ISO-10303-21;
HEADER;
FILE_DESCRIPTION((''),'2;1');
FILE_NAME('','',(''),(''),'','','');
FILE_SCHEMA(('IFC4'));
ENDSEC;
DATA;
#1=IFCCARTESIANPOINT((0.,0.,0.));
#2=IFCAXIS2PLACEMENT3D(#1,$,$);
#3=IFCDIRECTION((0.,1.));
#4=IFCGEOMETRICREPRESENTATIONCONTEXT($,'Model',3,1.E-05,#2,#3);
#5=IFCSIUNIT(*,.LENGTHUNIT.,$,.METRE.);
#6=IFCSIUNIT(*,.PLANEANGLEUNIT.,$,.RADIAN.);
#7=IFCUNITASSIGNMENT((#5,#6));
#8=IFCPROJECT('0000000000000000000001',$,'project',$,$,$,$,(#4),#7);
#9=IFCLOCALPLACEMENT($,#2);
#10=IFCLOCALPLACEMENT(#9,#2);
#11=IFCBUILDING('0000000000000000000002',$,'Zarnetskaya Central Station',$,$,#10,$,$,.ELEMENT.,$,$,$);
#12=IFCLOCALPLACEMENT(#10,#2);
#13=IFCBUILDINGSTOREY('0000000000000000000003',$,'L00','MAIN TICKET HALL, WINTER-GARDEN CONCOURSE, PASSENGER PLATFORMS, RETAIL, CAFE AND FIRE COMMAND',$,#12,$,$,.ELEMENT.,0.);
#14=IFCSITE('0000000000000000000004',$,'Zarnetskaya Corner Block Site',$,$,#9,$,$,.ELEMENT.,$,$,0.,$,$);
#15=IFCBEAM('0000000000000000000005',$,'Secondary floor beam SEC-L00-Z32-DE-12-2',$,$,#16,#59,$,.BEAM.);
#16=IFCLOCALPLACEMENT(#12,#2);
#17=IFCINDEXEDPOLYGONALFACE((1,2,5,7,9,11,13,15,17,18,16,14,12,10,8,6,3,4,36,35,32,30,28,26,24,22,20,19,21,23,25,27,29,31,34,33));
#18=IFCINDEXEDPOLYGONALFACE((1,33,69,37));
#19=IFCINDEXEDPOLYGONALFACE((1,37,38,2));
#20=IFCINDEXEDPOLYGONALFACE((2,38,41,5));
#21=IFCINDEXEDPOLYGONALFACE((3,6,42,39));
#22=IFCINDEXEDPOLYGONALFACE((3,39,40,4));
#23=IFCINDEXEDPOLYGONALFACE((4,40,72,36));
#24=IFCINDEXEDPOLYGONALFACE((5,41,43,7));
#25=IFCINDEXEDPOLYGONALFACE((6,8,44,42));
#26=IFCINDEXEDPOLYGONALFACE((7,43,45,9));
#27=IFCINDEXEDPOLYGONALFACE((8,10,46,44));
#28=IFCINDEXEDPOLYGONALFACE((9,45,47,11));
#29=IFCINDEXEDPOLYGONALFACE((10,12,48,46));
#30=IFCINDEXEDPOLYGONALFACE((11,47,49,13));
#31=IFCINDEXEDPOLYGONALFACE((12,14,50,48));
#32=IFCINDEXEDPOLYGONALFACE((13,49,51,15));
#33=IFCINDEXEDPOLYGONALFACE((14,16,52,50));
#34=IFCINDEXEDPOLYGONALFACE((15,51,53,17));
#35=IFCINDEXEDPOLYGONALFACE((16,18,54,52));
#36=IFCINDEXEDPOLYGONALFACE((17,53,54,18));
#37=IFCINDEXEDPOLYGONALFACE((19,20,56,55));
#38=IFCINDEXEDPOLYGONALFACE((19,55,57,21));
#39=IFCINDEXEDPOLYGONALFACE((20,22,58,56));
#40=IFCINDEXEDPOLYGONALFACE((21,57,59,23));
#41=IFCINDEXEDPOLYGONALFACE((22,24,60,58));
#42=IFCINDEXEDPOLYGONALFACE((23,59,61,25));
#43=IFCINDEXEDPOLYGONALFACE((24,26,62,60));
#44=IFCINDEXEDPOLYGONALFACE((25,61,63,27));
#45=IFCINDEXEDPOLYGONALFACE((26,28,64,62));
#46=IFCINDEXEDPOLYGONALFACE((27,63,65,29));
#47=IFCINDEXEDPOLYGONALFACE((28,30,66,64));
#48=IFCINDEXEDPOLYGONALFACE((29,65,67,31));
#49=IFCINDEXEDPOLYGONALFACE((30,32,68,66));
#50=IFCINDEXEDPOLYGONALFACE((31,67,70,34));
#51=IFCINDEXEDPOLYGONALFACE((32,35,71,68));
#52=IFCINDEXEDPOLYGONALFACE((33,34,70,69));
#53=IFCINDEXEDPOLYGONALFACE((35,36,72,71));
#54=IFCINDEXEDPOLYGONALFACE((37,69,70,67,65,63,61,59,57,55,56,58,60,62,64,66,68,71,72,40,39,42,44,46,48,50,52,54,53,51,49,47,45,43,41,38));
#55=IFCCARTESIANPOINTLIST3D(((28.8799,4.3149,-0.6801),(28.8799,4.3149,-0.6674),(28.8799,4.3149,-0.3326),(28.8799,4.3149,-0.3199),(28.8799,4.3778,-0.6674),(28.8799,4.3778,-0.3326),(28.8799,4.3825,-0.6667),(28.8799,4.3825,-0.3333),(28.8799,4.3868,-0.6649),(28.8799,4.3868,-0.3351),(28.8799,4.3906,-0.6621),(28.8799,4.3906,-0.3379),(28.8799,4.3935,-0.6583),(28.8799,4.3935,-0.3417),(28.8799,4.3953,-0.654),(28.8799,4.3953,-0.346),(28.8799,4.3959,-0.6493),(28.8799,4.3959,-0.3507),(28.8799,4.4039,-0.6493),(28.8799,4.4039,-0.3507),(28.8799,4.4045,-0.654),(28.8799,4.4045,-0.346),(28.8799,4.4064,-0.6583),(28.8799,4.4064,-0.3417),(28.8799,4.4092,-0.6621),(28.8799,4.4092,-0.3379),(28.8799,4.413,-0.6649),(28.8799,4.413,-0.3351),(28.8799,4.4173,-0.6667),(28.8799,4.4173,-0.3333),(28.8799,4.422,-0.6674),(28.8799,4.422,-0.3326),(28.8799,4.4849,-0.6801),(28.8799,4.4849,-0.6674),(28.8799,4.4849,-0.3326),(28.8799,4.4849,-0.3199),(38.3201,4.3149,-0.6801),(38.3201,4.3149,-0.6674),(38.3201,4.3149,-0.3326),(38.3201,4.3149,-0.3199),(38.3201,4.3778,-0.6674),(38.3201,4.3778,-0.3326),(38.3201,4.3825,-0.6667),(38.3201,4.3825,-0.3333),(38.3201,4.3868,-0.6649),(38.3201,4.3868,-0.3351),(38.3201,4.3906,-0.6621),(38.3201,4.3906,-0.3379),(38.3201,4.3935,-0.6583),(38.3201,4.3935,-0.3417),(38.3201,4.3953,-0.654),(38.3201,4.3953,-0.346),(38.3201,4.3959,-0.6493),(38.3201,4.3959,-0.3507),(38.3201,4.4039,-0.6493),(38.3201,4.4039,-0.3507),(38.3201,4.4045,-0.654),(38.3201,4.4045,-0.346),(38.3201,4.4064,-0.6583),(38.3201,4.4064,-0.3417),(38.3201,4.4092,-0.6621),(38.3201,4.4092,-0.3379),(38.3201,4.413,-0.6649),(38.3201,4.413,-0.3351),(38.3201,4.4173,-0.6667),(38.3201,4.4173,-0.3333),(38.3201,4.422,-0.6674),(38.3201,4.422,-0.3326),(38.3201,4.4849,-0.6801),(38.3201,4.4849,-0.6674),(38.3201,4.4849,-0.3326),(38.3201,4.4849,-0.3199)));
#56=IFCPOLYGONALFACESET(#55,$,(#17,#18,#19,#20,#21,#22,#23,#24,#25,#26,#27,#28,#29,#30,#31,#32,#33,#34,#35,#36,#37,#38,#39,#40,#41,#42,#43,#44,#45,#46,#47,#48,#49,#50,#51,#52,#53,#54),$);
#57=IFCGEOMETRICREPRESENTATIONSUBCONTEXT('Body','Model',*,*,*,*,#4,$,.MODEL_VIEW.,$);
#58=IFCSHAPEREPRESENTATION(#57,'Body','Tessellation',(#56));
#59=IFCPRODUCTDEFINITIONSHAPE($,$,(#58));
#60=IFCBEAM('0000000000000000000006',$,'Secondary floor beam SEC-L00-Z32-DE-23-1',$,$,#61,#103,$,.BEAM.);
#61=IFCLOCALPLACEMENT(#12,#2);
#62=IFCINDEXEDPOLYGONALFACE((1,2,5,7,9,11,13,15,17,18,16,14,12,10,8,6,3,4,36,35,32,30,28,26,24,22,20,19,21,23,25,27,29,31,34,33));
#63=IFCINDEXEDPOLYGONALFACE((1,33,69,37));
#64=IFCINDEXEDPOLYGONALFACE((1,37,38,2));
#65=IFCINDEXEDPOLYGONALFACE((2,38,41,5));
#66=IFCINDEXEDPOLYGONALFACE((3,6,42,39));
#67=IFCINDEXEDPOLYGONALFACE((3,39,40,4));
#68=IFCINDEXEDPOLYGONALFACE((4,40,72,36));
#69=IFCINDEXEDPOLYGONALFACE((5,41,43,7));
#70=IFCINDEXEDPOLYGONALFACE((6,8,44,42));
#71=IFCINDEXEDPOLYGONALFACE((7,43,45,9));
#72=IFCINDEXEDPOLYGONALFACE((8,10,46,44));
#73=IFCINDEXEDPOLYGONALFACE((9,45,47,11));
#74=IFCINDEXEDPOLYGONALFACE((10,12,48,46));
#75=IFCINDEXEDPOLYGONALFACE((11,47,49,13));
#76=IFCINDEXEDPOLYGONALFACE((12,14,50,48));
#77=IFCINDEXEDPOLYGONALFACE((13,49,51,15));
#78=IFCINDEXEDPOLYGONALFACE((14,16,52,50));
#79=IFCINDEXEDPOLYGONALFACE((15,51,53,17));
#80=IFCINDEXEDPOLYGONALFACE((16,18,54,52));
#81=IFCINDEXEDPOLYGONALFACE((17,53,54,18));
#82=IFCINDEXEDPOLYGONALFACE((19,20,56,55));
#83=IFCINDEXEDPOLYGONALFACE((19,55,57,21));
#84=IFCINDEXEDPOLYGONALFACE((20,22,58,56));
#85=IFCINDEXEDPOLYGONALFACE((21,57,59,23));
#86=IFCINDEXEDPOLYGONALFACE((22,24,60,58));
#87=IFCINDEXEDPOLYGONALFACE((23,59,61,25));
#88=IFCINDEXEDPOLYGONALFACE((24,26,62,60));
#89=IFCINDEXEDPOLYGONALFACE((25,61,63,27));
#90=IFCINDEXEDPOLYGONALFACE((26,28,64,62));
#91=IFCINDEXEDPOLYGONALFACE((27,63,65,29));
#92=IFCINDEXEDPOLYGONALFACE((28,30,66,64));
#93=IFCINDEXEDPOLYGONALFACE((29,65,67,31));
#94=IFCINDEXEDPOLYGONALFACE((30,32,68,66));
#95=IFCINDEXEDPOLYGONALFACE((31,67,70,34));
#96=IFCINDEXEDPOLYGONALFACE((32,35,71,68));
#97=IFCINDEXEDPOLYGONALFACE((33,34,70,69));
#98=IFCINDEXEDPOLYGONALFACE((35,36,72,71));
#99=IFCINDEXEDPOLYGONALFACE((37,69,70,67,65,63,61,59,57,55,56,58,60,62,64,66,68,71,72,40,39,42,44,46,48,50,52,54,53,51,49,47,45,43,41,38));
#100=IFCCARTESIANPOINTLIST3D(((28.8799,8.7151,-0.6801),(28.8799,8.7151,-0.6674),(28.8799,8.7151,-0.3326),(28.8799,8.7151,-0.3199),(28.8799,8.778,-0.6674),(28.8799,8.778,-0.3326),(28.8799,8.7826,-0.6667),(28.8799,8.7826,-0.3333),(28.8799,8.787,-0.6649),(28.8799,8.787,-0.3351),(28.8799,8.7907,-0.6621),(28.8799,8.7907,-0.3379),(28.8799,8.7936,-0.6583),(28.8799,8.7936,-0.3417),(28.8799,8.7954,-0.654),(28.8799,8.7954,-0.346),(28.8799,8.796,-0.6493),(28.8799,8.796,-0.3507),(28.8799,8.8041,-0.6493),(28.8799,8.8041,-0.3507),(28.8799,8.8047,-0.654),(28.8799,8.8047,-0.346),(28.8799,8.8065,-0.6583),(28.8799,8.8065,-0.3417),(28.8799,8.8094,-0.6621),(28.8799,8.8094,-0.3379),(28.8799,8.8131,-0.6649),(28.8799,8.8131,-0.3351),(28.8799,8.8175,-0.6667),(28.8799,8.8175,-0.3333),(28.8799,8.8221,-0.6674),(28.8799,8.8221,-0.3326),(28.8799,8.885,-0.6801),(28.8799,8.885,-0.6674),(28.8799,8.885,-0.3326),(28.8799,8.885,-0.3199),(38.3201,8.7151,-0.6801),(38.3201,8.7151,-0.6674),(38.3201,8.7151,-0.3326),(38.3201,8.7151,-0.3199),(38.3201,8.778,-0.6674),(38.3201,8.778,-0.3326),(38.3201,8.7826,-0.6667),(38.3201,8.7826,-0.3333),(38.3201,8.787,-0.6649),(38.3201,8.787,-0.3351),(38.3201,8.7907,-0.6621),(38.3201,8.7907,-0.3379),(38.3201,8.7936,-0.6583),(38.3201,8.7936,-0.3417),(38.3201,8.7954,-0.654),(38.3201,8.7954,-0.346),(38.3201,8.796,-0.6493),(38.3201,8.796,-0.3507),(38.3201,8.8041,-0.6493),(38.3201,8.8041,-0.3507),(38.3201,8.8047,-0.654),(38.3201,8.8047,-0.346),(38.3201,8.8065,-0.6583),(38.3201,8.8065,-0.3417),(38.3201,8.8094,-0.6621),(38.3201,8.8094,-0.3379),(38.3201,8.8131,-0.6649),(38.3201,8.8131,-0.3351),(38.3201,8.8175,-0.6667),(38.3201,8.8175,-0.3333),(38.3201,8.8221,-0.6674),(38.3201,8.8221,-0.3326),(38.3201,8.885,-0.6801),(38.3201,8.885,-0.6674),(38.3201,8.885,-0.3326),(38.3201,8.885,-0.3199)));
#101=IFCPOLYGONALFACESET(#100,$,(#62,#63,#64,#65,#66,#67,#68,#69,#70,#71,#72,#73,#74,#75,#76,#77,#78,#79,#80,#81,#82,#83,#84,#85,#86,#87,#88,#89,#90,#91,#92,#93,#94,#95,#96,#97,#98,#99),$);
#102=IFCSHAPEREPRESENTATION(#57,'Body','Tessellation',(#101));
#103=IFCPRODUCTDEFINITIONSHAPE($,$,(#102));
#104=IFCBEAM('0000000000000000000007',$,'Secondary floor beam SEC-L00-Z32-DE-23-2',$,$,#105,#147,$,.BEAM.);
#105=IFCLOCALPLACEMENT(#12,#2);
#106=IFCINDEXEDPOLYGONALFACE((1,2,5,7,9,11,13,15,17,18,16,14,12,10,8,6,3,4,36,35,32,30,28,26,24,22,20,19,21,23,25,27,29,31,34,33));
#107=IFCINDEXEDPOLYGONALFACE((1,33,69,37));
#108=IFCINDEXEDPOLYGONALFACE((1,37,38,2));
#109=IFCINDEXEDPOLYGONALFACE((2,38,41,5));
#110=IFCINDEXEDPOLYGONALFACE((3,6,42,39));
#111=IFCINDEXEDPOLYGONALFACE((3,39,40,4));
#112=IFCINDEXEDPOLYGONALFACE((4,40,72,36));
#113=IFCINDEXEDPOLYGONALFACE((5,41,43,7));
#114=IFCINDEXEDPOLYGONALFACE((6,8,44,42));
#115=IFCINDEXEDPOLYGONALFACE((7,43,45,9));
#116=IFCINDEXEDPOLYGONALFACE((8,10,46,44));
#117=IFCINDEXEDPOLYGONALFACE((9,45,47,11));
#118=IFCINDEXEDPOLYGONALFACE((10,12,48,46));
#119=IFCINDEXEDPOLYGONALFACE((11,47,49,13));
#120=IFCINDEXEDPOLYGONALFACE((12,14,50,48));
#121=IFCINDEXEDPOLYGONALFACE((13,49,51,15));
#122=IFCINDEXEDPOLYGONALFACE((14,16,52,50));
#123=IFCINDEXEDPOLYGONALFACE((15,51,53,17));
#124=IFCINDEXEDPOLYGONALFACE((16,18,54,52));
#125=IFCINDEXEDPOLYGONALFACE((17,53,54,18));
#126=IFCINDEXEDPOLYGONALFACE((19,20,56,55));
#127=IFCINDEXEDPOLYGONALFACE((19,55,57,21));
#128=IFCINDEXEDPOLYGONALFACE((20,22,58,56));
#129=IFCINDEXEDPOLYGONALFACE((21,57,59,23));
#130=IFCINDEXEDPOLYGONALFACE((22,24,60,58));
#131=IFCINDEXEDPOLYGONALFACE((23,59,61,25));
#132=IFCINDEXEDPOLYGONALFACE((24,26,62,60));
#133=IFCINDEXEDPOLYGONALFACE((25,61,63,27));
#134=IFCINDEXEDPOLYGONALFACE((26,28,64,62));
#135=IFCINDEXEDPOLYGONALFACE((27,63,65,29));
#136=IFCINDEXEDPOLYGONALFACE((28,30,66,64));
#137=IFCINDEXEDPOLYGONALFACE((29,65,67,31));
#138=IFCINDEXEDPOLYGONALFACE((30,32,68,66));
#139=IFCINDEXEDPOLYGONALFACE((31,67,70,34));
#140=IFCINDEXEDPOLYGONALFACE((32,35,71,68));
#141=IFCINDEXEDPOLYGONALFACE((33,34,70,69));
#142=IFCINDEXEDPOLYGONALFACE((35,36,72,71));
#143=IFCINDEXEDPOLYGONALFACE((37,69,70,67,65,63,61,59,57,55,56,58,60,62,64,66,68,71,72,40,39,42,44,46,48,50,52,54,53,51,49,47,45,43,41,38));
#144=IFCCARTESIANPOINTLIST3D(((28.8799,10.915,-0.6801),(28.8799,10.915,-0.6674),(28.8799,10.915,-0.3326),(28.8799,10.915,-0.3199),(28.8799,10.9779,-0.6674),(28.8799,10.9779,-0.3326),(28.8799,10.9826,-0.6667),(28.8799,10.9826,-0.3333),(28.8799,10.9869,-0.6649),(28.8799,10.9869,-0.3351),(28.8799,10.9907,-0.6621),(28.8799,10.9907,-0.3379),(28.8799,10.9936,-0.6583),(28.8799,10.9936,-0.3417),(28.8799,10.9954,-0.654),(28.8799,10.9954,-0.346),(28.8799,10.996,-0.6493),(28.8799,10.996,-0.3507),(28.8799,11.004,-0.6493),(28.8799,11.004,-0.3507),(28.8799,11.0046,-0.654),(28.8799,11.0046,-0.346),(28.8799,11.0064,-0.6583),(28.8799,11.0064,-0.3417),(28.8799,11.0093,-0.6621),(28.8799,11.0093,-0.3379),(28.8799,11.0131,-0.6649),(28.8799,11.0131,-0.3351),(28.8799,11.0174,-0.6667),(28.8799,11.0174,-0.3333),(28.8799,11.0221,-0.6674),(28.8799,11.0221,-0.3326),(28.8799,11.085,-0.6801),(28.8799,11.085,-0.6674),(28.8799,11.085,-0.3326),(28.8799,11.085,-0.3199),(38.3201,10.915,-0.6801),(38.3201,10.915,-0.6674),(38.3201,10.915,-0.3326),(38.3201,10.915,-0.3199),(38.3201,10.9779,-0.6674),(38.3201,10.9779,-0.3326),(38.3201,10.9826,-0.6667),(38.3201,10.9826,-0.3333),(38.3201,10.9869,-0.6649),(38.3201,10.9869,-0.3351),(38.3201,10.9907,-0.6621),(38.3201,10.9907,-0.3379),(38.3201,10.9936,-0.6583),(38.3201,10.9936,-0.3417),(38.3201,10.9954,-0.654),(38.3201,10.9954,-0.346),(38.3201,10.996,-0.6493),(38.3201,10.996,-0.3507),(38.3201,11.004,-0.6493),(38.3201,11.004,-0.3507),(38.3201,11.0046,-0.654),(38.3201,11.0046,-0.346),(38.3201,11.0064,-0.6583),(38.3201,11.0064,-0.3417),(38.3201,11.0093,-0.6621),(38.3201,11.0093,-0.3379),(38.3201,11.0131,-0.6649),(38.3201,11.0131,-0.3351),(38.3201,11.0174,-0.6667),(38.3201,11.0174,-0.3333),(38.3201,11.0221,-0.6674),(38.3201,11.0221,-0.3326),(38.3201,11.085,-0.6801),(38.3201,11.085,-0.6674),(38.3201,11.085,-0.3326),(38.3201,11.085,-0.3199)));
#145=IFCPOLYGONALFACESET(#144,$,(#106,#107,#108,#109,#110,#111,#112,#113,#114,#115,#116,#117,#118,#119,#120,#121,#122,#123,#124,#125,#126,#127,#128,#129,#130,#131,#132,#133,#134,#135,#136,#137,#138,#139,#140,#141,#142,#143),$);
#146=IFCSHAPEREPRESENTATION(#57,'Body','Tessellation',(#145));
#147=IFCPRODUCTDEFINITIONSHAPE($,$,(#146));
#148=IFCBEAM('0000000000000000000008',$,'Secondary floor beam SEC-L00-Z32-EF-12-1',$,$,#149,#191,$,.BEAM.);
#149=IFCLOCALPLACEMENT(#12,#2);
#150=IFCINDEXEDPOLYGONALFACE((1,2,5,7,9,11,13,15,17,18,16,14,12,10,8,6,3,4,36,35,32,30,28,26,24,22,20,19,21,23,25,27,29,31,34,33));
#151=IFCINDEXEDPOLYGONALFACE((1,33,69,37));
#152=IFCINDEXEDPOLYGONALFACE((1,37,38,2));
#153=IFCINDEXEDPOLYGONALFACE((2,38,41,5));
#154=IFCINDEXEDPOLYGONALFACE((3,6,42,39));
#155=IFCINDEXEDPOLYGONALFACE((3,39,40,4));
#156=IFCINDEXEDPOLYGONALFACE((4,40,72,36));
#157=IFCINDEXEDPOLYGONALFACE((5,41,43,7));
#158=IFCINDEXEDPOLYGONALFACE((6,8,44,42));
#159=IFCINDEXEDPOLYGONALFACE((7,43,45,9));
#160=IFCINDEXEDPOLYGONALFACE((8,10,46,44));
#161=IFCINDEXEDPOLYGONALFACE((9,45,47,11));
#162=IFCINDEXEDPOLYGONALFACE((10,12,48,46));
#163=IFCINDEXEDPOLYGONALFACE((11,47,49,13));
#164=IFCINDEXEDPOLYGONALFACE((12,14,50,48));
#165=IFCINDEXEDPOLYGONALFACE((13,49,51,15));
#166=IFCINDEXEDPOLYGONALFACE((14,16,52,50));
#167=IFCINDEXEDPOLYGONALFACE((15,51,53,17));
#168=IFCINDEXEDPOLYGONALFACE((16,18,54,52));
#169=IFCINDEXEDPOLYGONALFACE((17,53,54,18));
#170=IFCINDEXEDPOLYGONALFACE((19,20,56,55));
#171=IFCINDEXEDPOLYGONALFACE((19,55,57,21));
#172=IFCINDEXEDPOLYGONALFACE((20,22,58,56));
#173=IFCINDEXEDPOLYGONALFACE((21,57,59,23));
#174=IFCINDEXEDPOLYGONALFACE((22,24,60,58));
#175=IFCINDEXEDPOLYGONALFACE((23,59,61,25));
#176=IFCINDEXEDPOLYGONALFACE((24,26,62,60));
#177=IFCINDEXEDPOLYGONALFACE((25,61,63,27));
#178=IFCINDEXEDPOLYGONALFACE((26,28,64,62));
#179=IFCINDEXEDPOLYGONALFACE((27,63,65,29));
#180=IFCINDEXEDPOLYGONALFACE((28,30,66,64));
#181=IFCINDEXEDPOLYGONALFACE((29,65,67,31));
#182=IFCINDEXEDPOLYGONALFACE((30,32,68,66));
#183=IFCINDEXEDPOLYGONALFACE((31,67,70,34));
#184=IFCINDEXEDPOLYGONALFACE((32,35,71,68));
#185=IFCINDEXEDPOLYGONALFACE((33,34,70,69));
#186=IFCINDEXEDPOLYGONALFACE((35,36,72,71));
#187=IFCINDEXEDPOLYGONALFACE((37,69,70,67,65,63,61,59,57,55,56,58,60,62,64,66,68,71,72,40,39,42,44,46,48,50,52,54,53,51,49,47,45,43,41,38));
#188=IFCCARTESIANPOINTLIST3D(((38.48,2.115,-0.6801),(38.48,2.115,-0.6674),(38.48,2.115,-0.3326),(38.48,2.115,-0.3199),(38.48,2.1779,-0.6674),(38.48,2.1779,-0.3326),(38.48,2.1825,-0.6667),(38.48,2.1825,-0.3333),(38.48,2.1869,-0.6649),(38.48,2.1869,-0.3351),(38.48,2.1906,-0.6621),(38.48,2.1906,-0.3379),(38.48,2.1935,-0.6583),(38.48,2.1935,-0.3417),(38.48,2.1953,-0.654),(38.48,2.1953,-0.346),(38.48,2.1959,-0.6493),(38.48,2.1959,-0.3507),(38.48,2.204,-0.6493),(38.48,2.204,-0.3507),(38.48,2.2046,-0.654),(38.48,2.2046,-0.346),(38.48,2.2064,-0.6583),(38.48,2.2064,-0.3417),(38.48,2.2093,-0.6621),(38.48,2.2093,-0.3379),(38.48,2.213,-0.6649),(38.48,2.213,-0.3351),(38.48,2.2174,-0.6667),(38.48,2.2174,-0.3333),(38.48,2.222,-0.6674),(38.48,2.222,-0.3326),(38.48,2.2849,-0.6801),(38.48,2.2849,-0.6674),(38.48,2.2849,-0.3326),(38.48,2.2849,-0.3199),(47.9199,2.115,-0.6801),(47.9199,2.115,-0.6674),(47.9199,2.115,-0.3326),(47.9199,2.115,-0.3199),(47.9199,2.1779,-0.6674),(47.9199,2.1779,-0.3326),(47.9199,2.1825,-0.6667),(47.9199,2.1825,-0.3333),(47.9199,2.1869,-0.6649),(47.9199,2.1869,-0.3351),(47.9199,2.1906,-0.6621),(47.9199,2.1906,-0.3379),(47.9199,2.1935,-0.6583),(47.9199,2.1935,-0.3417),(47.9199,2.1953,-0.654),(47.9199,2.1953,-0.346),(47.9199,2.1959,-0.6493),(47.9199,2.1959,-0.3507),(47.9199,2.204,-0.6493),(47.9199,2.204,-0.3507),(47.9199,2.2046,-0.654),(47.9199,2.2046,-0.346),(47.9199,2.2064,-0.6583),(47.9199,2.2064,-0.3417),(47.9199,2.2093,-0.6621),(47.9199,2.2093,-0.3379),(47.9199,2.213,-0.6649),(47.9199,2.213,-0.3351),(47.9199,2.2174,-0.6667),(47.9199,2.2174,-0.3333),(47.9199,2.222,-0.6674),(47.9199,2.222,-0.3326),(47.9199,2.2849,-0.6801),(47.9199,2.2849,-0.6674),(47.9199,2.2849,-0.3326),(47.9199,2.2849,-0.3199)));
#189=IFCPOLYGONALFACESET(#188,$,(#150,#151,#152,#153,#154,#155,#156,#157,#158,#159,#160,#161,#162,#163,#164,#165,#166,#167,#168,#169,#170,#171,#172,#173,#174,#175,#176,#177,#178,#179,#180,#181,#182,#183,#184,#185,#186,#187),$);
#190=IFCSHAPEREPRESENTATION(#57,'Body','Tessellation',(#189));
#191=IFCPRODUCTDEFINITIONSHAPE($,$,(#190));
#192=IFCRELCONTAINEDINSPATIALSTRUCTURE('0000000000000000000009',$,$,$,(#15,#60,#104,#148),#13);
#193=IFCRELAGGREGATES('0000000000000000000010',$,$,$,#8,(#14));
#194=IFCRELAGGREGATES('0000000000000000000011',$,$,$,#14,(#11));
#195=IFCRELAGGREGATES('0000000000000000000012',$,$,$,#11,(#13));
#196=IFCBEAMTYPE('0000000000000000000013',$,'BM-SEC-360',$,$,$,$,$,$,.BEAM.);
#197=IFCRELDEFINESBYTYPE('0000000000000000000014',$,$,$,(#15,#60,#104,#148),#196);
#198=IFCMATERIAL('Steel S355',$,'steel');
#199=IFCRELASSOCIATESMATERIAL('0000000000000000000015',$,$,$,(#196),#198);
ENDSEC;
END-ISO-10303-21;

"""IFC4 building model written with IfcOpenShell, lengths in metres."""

from ifc_helpers import new_model, si_unit, direction, frame, origin, origin_2d, place, context, subcontext, project, spatial, i_section, extrude, material, material_profile, profile_set, type_object, element, save


model = new_model("IFC4")

# Units and contexts
model_context = context("Model", 3, precision=1e-05, world=origin(), true_north=direction((0.0, 1.0)))
body_context = subcontext(model_context, "Body", "Model", "MODEL_VIEW")
ifc_project = project(units=[si_unit("LENGTHUNIT", "METRE"), si_unit("PLANEANGLEUNIT", "RADIAN")], contexts=[model_context])

# Site, building, storey
site_placement = place(None, origin())
site = spatial("IfcSite", under=ifc_project, at=site_placement, Name="Zarnetskaya Corner Block Site", CompositionType="ELEMENT", RefElevation=0.0)
building_placement = place(site_placement, origin())
building = spatial("IfcBuilding", under=site, at=building_placement, Name="Zarnetskaya Central Station", CompositionType="ELEMENT")
storey_placement = place(building_placement, origin())
storey = spatial("IfcBuildingStorey", under=building, at=storey_placement, Name="L00", Description="MAIN TICKET HALL, WINTER-GARDEN CONCOURSE, PASSENGER PLATFORMS, RETAIL, CAFE AND FIRE COMMAND", CompositionType="ELEMENT", Elevation=0.0)

# Shared definitions
ifc_material_1 = material(Name="Steel S355", Category="steel")

# Beams
ifc_material_profile_1 = material_profile(ifc_material_1, i_section(OverallWidth=0.1699, OverallDepth=0.3601, WebThickness=0.0081, FlangeThickness=0.0127, FilletRadius=0.0181, at=origin_2d()), Name="IPE 360")
ifc_profile_set_1 = profile_set([ifc_material_profile_1], Name="Steel S355")
beam_type_1 = type_object("IfcBeamType", Name="BM-SEC-360", PredefinedType="BEAM", material=ifc_profile_set_1)
for number, where, z_axis, x_axis, name in (
    (1, (28.8799, 4.3999, -0.5), (1.0, 0.0, 0.0), (0.0, 1.0, 0.0), "Secondary floor beam SEC-L00-Z32-DE-12-2"),
    (2, (28.8799, 8.8, -0.5), (1.0, 0.0, 0.0), (0.0, 1.0, 0.0), "Secondary floor beam SEC-L00-Z32-DE-23-1"),
    (3, (28.8799, 11.0, -0.5), (1.0, 0.0, 0.0), (0.0, 1.0, 0.0), "Secondary floor beam SEC-L00-Z32-DE-23-2"),
):
    element("IfcBeam", number, at=place(storey_placement, frame(where, z_axis=z_axis, x_axis=x_axis)), inside=storey, type_object=beam_type_1, Name=name, PredefinedType="BEAM", context=body_context, shape_type="SweptSolid", body=[
        extrude(i_section(OverallWidth=0.1699, OverallDepth=0.3601, WebThickness=0.0081, FlangeThickness=0.0127, FilletRadius=0.0181, at=origin_2d()), origin(), (0.0, 0.0, 1.0), 9.4402),
    ])
for number, where, z_axis, x_axis, name in (
    (4, (38.48, 2.2, -0.5), (1.0, 0.0, 0.0), (0.0, 1.0, 0.0), "Secondary floor beam SEC-L00-Z32-EF-12-1"),
):
    element("IfcBeam", number, at=place(storey_placement, frame(where, z_axis=z_axis, x_axis=x_axis)), inside=storey, type_object=beam_type_1, Name=name, PredefinedType="BEAM", context=body_context, shape_type="SweptSolid", body=[
        extrude(i_section(OverallWidth=0.1699, OverallDepth=0.3601, WebThickness=0.0081, FlangeThickness=0.0127, FilletRadius=0.0181, at=origin_2d()), origin(), (0.0, 0.0, 1.0), 9.4399),
    ])

save(model, "model.ifc")
